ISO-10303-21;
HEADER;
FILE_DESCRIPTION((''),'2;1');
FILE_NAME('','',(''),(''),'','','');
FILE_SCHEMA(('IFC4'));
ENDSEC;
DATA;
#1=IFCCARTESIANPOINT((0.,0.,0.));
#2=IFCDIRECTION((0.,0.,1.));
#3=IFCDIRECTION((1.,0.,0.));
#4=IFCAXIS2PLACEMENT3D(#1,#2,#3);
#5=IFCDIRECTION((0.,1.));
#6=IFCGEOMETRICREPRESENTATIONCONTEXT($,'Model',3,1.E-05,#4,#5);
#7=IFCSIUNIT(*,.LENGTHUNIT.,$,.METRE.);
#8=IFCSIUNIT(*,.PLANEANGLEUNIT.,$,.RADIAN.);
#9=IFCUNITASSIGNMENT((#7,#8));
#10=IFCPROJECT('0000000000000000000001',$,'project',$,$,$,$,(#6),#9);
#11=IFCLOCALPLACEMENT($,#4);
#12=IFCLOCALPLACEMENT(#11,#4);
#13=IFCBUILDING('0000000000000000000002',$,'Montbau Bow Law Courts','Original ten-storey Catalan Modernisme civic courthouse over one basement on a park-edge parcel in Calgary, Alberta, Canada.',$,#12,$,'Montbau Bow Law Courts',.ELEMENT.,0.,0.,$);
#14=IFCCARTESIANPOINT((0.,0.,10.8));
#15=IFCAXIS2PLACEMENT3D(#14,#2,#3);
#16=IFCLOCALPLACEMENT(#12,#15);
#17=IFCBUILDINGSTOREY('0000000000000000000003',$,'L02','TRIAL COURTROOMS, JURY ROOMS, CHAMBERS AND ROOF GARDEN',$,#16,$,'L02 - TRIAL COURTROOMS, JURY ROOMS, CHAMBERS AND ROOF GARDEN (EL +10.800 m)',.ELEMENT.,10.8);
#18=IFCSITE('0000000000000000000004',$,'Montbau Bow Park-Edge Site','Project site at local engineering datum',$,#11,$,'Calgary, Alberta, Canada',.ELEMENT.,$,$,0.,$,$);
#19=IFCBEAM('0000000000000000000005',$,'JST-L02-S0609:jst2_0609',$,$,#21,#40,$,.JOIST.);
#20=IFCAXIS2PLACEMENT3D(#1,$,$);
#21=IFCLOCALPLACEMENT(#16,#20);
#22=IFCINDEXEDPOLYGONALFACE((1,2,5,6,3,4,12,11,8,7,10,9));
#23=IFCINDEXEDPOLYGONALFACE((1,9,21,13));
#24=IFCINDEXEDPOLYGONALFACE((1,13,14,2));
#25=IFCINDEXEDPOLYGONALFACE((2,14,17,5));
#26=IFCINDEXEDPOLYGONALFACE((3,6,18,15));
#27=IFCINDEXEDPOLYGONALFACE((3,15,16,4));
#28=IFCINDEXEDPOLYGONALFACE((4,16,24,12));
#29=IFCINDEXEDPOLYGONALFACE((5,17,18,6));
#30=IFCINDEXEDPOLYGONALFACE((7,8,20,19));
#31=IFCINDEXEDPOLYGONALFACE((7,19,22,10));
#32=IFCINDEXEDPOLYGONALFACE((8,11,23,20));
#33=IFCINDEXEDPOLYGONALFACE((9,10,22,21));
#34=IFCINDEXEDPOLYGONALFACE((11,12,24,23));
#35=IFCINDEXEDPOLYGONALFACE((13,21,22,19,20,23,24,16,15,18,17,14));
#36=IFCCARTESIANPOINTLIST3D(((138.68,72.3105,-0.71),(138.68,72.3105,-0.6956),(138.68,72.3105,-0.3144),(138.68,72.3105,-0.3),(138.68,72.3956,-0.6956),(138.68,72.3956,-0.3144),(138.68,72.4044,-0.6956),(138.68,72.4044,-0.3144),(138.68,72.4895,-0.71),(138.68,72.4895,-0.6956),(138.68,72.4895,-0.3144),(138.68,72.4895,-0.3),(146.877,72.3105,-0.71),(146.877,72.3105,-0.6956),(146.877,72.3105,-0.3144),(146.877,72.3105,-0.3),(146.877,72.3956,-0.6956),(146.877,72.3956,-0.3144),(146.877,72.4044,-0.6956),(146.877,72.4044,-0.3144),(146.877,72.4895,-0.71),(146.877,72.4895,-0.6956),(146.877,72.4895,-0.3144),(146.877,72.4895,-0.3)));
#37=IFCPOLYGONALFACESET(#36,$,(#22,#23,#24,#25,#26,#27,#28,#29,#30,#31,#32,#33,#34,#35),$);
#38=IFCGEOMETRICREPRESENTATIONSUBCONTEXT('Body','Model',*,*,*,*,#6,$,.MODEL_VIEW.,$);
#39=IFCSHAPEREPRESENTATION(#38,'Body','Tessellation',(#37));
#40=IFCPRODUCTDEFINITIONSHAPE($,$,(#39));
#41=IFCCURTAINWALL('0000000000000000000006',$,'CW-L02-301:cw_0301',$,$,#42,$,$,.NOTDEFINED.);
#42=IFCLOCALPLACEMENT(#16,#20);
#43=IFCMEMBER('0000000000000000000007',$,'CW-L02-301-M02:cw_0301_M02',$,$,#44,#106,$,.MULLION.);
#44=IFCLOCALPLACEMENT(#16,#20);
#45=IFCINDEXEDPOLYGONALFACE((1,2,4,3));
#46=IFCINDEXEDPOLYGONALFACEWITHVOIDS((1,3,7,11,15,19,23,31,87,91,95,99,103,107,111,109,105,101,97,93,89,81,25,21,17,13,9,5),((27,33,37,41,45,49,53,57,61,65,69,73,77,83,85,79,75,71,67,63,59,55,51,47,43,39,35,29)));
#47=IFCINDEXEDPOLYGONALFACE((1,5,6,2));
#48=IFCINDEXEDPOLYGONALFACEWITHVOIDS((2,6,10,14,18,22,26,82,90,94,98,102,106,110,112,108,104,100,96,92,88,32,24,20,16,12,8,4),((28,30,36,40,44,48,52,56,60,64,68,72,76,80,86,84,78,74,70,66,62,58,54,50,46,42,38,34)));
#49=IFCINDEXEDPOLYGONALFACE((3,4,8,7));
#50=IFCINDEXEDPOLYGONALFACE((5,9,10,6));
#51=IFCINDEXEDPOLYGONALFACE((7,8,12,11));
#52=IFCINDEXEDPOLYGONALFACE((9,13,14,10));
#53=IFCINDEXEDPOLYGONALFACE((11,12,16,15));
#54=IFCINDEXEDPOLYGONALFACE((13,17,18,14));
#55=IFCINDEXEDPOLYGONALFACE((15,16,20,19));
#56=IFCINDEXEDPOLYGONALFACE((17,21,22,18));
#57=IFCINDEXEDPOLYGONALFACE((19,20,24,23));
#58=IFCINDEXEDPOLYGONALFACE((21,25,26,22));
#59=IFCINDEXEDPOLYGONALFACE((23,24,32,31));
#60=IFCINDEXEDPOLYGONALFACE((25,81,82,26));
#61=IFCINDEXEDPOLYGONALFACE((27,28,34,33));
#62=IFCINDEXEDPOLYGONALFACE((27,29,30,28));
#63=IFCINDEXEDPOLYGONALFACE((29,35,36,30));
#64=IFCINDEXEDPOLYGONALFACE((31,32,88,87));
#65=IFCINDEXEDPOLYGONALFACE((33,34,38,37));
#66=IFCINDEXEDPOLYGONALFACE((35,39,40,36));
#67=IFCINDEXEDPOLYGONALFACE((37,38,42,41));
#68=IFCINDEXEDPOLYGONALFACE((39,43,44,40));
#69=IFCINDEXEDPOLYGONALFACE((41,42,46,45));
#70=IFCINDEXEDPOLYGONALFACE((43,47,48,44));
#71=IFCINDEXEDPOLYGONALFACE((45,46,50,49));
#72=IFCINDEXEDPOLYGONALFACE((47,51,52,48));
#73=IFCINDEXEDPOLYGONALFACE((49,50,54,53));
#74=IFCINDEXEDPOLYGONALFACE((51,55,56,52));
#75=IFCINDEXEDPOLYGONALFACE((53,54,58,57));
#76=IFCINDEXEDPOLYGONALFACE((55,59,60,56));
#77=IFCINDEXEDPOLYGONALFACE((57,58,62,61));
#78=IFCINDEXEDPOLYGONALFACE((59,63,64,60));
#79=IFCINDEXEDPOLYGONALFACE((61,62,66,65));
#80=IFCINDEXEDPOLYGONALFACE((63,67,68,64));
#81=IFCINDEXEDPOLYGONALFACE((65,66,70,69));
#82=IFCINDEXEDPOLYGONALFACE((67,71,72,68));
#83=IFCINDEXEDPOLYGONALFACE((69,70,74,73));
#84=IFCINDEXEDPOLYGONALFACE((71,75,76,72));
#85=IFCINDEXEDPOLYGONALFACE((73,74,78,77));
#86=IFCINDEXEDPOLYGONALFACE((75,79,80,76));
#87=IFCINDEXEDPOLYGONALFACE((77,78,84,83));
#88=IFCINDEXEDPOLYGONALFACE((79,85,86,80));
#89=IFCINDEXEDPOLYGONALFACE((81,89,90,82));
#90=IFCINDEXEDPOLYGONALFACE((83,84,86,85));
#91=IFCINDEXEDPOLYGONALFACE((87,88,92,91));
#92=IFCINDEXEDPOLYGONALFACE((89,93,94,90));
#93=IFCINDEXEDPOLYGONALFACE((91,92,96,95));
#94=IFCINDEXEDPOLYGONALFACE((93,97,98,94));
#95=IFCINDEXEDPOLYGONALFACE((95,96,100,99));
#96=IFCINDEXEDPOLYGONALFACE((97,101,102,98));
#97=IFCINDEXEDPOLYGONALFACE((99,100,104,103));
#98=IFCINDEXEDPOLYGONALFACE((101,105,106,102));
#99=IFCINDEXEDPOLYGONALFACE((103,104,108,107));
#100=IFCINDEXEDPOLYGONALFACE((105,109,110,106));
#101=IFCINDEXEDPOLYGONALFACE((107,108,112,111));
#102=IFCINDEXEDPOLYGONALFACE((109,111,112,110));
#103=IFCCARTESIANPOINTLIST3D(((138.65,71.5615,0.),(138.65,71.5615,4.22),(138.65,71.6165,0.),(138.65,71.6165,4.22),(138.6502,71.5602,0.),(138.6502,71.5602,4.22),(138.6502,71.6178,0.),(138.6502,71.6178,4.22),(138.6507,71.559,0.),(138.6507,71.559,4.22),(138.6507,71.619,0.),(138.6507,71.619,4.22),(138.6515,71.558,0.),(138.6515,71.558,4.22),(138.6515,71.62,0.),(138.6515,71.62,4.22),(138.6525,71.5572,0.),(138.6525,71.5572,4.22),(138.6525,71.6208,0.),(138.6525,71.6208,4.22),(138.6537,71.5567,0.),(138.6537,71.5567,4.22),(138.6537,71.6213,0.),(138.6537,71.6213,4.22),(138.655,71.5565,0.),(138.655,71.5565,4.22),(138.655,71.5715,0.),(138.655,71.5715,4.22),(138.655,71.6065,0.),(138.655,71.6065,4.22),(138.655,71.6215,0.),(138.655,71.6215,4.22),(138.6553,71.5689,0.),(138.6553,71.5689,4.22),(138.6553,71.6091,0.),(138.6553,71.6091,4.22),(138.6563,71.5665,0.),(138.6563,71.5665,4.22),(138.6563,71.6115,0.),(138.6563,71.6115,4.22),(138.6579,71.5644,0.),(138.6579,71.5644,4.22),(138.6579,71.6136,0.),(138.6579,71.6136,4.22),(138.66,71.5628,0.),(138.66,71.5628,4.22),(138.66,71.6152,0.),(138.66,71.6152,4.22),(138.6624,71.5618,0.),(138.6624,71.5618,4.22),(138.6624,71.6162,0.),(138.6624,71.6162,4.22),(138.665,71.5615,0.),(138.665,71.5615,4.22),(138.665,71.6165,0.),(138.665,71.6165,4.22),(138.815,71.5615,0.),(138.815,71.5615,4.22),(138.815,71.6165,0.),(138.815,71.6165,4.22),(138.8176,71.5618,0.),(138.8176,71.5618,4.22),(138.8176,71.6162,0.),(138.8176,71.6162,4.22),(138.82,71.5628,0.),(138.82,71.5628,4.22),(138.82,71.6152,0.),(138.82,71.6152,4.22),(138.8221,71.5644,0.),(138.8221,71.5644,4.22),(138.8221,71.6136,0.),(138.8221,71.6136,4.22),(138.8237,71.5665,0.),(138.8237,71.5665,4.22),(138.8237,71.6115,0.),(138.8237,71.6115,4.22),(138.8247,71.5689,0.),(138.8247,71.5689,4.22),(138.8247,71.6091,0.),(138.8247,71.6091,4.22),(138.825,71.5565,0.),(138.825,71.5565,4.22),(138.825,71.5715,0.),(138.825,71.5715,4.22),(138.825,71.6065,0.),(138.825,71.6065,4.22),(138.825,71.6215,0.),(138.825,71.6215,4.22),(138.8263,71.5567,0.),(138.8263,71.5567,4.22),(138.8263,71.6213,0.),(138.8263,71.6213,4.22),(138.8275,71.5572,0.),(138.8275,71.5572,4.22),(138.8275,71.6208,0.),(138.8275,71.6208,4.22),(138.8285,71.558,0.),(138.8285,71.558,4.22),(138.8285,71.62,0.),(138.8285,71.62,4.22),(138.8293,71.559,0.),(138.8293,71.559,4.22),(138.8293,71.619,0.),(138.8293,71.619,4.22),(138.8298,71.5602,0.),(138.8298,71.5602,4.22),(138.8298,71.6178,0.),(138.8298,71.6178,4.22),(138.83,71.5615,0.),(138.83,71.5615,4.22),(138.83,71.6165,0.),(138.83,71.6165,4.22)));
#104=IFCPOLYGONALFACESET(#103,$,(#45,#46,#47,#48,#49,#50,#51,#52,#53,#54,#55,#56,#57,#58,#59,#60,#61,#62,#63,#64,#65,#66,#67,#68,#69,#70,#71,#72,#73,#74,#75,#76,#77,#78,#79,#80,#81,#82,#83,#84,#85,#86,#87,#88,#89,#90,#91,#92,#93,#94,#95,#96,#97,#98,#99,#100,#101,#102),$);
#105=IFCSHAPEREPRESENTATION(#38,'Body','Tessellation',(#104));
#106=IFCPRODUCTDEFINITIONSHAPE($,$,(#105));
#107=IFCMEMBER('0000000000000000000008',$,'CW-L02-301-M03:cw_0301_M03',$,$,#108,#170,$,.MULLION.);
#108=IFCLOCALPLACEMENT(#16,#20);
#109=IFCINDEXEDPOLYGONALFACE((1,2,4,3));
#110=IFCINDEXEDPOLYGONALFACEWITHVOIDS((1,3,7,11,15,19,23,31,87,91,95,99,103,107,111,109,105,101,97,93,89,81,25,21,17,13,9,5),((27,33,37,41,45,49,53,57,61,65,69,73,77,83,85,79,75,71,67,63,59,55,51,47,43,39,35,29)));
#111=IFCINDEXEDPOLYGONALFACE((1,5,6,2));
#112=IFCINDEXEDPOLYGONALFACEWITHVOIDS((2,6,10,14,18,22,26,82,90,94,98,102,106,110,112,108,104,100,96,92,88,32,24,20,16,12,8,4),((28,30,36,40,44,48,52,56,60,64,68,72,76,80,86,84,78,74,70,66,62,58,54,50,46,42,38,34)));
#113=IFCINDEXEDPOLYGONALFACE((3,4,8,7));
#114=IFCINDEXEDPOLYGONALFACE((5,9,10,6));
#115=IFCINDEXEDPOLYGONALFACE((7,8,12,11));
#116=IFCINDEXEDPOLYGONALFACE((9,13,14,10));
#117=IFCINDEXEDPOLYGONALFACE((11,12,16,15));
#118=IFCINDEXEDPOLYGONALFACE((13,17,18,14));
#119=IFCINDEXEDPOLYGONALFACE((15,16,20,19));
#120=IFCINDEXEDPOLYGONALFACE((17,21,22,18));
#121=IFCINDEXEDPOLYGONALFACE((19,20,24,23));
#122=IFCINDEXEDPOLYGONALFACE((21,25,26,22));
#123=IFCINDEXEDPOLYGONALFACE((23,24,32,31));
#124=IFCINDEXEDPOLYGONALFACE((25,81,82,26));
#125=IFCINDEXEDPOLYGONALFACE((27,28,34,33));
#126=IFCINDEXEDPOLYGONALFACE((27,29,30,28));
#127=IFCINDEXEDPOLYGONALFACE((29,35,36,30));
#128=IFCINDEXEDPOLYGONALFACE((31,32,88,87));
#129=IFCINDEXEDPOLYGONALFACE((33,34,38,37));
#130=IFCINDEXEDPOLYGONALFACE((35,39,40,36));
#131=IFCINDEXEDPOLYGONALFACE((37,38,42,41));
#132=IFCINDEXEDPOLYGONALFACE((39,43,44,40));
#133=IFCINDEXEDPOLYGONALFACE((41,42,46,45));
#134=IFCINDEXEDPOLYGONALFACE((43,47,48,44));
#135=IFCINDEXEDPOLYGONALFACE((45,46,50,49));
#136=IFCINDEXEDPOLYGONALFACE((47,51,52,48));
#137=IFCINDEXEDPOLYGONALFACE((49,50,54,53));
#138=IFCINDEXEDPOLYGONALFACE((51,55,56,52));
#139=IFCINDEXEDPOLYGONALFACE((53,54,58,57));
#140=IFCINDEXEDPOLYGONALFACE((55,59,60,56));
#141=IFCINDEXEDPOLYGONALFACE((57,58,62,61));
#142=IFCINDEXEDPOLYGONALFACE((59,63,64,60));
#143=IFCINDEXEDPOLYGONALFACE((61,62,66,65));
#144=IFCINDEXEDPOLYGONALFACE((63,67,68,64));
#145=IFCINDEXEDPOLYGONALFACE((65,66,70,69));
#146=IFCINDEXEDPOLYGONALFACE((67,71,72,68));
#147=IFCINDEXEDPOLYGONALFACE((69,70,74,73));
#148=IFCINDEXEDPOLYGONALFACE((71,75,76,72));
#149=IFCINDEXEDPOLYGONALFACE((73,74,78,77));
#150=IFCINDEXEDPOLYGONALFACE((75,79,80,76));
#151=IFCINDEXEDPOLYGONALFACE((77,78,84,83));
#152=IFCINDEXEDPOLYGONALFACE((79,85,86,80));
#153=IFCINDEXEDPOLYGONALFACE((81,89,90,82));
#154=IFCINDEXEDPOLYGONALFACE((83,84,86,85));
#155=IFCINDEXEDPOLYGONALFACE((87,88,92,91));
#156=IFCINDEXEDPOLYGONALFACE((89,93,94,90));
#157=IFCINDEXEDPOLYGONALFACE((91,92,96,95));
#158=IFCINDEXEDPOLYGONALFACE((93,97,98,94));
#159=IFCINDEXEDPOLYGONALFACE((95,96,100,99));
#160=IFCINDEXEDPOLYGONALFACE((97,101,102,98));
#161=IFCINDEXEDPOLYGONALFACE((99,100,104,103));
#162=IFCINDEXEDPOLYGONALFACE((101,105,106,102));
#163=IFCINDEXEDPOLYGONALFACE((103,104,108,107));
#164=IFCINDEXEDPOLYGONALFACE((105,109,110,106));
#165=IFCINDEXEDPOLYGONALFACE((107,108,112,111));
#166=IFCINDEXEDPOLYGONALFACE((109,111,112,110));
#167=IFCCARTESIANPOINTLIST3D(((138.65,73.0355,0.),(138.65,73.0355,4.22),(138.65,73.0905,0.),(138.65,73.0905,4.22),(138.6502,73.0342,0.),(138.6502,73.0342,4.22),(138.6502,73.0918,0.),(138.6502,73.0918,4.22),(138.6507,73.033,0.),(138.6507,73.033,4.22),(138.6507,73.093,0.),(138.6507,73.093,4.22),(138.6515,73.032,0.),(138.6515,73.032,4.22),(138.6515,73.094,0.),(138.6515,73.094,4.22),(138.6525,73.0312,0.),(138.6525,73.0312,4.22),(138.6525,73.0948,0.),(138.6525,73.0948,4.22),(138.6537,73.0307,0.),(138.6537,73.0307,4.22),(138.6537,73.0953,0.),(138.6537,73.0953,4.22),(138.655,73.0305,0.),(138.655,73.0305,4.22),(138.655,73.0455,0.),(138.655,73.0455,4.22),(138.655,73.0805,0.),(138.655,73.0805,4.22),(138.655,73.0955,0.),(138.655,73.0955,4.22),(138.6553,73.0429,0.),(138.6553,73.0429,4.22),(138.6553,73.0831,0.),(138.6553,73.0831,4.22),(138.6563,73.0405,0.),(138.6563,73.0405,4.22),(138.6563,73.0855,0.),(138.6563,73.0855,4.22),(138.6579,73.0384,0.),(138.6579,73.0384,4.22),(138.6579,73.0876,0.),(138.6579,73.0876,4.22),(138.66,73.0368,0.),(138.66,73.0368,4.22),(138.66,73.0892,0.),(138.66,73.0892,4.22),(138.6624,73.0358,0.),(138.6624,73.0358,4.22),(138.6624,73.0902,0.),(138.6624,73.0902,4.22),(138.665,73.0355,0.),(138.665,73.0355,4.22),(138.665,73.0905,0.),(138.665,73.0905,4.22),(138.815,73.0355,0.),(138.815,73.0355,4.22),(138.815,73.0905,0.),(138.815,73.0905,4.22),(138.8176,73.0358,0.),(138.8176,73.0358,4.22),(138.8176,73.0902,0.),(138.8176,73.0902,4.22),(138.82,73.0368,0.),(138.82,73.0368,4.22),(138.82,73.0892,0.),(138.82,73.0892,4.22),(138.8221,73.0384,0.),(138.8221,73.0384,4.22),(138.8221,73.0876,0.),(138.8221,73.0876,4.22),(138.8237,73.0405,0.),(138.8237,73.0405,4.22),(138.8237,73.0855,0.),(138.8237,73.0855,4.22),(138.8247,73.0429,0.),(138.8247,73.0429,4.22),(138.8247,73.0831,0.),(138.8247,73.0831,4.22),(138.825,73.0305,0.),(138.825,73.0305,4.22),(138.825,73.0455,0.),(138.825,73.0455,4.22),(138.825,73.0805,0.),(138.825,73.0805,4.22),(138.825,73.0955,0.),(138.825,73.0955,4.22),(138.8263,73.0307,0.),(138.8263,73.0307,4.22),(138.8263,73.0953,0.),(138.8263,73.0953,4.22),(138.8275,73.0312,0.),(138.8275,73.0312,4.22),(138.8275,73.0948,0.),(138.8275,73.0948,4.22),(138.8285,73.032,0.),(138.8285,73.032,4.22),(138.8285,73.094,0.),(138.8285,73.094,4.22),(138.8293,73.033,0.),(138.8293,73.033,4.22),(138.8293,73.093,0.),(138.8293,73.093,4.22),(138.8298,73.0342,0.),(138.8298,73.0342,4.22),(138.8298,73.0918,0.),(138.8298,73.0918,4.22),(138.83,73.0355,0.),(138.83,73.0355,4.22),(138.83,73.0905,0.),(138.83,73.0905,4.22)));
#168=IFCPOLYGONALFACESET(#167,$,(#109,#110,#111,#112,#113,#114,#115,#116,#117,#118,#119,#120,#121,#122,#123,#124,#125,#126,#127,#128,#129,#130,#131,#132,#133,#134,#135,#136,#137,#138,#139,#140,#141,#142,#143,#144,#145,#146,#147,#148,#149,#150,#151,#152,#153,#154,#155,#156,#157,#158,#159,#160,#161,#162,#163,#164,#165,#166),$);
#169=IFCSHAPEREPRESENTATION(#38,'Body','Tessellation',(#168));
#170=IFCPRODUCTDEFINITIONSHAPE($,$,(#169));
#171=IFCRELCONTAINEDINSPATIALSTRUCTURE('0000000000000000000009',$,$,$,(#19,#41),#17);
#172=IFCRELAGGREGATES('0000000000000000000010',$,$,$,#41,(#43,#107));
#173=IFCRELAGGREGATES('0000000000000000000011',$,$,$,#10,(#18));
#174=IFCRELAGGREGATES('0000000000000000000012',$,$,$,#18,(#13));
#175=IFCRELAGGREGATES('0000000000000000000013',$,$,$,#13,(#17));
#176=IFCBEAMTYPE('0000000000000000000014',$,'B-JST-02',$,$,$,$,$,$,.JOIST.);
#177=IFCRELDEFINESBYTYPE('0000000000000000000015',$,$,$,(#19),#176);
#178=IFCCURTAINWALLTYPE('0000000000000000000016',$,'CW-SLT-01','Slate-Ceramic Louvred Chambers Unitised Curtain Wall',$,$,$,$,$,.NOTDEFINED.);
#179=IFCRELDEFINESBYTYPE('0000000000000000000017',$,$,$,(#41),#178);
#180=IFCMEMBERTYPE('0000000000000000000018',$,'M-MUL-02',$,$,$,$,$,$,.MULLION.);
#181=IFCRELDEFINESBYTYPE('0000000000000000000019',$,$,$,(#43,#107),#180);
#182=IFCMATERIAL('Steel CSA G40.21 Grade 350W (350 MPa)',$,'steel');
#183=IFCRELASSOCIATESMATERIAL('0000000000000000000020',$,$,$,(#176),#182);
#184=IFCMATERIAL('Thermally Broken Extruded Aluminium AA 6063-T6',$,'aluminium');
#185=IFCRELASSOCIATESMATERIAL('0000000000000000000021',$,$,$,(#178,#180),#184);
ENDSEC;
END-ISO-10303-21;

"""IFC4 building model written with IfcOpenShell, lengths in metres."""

from ifc_helpers import new_model, si_unit, direction, frame, origin_with_axes, origin_2d_with_axis, place, context, subcontext, project, spatial, hollow_rectangle, i_section, extrude, material, material_profile, profile_set, type_object, element, aggregate, save


model = new_model("IFC4")

# Units and contexts
model_context = context("Model", 3, precision=1e-05, world=origin_with_axes(), true_north=direction((0.0, 1.0)))
body_context = subcontext(model_context, "Body", "Model", "MODEL_VIEW")
ifc_project = project(units=[si_unit("LENGTHUNIT", "METRE"), si_unit("PLANEANGLEUNIT", "RADIAN")], contexts=[model_context])

# Site, building, storey
site_placement = place(None, origin_with_axes())
site = spatial("IfcSite", under=ifc_project, at=site_placement, Name="Montbau Bow Park-Edge Site", Description="Project site at local engineering datum", LongName="Calgary, Alberta, Canada", CompositionType="ELEMENT", RefElevation=0.0)
building_placement = place(site_placement, origin_with_axes())
building = spatial("IfcBuilding", under=site, at=building_placement, Name="Montbau Bow Law Courts", Description="Original ten-storey Catalan Modernisme civic courthouse over one basement on a park-edge parcel in Calgary, Alberta, Canada.", LongName="Montbau Bow Law Courts", CompositionType="ELEMENT", ElevationOfRefHeight=0.0, ElevationOfTerrain=0.0)
storey_placement = place(building_placement, frame((0.0, 0.0, 10.8), z_axis=(0.0, 0.0, 1.0), x_axis=(1.0, 0.0, 0.0)))
storey = spatial("IfcBuildingStorey", under=building, at=storey_placement, Name="L02", Description="TRIAL COURTROOMS, JURY ROOMS, CHAMBERS AND ROOF GARDEN", LongName="L02 - TRIAL COURTROOMS, JURY ROOMS, CHAMBERS AND ROOF GARDEN (EL +10.800 m)", CompositionType="ELEMENT", Elevation=10.8)

# Beam
ifc_material_1 = material(Name="Steel CSA G40.21 Grade 350W (350 MPa)", Category="steel")
ifc_material_profile_1 = material_profile(ifc_material_1, i_section(OverallWidth=0.179, OverallDepth=0.41, WebThickness=0.0088, FlangeThickness=0.0144, at=origin_2d_with_axis()), Name="W410X67", Category="Main", Priority=0)
ifc_profile_set_1 = profile_set([ifc_material_profile_1], Name="Steel CSA G40.21 Grade 350W (350 MPa)")
beam_type = type_object("IfcBeamType", Name="B-JST-02", PredefinedType="JOIST", material=ifc_profile_set_1)
beam_placement = place(None, frame((138.68, 72.4, 10.295), z_axis=(1.0, 0.0, 0.0), x_axis=(0.0, 1.0, 0.0)))
element("IfcBeam", 1, at=beam_placement, inside=storey, type_object=beam_type, Name="JST-L02-S0609:jst2_0609", PredefinedType="JOIST", context=body_context, shape_type="SweptSolid", body=[
    extrude(i_section(OverallWidth=0.179, OverallDepth=0.41, WebThickness=0.0088, FlangeThickness=0.0144, at=origin_2d_with_axis()), origin_with_axes(), (0.0, 0.0, 1.0), 8.197),
])

# Curtain wall, members
ifc_material_2 = material(Name="Thermally Broken Extruded Aluminium AA 6063-T6", Category="aluminium")
curtain_wall_type = type_object("IfcCurtainWallType", Name="CW-SLT-01", Description="Slate-Ceramic Louvred Chambers Unitised Curtain Wall", PredefinedType="NOTDEFINED", material=ifc_material_2)
curtain_wall_placement = place(None, frame((138.74, 70.115, 10.8), z_axis=(0.0, 0.0, 1.0), x_axis=(1.0, 0.0, 0.0)))
curtain_wall = element("IfcCurtainWall", 2, at=curtain_wall_placement, inside=storey, type_object=curtain_wall_type, Name="CW-L02-301:cw_0301", PredefinedType="NOTDEFINED")
ifc_material_profile_2 = material_profile(ifc_material_2, hollow_rectangle(XDim=0.065, YDim=0.18, WallThickness=0.005, InnerFilletRadius=0.01, OuterFilletRadius=0.005, at=origin_2d_with_axis()), Name="CWM-180X65", Category="Main", Priority=0)
ifc_profile_set_2 = profile_set([ifc_material_profile_2], Name="Thermally Broken Extruded Aluminium AA 6063-T6")
member_type_1 = type_object("IfcMemberType", Name="M-MUL-02", PredefinedType="MULLION", material=ifc_profile_set_2)
member_1_placement = place(None, frame((138.74, 71.589, 10.8), z_axis=(0.0, 0.0, 1.0), x_axis=(0.0, 1.0, 0.0)))
member_1 = element("IfcMember", 3, at=member_1_placement, type_object=member_type_1, Name="CW-L02-301-M02:cw_0301_M02", PredefinedType="MULLION", context=body_context, shape_type="SweptSolid", body=[
    extrude(hollow_rectangle(XDim=0.065, YDim=0.18, WallThickness=0.005, InnerFilletRadius=0.01, OuterFilletRadius=0.005, at=origin_2d_with_axis()), origin_with_axes(), (0.0, 0.0, 1.0), 4.22),
])
member_2_placement = place(None, frame((138.74, 73.063, 10.8), z_axis=(0.0, 0.0, 1.0), x_axis=(0.0, 1.0, 0.0)))
member_2 = element("IfcMember", 4, at=member_2_placement, type_object=member_type_1, Name="CW-L02-301-M03:cw_0301_M03", PredefinedType="MULLION", context=body_context, shape_type="SweptSolid", body=[
    extrude(hollow_rectangle(XDim=0.065, YDim=0.18, WallThickness=0.005, InnerFilletRadius=0.01, OuterFilletRadius=0.005, at=origin_2d_with_axis()), origin_with_axes(), (0.0, 0.0, 1.0), 4.22),
])
aggregate(curtain_wall, [member_1, member_2])

save(model, "model.ifc")
